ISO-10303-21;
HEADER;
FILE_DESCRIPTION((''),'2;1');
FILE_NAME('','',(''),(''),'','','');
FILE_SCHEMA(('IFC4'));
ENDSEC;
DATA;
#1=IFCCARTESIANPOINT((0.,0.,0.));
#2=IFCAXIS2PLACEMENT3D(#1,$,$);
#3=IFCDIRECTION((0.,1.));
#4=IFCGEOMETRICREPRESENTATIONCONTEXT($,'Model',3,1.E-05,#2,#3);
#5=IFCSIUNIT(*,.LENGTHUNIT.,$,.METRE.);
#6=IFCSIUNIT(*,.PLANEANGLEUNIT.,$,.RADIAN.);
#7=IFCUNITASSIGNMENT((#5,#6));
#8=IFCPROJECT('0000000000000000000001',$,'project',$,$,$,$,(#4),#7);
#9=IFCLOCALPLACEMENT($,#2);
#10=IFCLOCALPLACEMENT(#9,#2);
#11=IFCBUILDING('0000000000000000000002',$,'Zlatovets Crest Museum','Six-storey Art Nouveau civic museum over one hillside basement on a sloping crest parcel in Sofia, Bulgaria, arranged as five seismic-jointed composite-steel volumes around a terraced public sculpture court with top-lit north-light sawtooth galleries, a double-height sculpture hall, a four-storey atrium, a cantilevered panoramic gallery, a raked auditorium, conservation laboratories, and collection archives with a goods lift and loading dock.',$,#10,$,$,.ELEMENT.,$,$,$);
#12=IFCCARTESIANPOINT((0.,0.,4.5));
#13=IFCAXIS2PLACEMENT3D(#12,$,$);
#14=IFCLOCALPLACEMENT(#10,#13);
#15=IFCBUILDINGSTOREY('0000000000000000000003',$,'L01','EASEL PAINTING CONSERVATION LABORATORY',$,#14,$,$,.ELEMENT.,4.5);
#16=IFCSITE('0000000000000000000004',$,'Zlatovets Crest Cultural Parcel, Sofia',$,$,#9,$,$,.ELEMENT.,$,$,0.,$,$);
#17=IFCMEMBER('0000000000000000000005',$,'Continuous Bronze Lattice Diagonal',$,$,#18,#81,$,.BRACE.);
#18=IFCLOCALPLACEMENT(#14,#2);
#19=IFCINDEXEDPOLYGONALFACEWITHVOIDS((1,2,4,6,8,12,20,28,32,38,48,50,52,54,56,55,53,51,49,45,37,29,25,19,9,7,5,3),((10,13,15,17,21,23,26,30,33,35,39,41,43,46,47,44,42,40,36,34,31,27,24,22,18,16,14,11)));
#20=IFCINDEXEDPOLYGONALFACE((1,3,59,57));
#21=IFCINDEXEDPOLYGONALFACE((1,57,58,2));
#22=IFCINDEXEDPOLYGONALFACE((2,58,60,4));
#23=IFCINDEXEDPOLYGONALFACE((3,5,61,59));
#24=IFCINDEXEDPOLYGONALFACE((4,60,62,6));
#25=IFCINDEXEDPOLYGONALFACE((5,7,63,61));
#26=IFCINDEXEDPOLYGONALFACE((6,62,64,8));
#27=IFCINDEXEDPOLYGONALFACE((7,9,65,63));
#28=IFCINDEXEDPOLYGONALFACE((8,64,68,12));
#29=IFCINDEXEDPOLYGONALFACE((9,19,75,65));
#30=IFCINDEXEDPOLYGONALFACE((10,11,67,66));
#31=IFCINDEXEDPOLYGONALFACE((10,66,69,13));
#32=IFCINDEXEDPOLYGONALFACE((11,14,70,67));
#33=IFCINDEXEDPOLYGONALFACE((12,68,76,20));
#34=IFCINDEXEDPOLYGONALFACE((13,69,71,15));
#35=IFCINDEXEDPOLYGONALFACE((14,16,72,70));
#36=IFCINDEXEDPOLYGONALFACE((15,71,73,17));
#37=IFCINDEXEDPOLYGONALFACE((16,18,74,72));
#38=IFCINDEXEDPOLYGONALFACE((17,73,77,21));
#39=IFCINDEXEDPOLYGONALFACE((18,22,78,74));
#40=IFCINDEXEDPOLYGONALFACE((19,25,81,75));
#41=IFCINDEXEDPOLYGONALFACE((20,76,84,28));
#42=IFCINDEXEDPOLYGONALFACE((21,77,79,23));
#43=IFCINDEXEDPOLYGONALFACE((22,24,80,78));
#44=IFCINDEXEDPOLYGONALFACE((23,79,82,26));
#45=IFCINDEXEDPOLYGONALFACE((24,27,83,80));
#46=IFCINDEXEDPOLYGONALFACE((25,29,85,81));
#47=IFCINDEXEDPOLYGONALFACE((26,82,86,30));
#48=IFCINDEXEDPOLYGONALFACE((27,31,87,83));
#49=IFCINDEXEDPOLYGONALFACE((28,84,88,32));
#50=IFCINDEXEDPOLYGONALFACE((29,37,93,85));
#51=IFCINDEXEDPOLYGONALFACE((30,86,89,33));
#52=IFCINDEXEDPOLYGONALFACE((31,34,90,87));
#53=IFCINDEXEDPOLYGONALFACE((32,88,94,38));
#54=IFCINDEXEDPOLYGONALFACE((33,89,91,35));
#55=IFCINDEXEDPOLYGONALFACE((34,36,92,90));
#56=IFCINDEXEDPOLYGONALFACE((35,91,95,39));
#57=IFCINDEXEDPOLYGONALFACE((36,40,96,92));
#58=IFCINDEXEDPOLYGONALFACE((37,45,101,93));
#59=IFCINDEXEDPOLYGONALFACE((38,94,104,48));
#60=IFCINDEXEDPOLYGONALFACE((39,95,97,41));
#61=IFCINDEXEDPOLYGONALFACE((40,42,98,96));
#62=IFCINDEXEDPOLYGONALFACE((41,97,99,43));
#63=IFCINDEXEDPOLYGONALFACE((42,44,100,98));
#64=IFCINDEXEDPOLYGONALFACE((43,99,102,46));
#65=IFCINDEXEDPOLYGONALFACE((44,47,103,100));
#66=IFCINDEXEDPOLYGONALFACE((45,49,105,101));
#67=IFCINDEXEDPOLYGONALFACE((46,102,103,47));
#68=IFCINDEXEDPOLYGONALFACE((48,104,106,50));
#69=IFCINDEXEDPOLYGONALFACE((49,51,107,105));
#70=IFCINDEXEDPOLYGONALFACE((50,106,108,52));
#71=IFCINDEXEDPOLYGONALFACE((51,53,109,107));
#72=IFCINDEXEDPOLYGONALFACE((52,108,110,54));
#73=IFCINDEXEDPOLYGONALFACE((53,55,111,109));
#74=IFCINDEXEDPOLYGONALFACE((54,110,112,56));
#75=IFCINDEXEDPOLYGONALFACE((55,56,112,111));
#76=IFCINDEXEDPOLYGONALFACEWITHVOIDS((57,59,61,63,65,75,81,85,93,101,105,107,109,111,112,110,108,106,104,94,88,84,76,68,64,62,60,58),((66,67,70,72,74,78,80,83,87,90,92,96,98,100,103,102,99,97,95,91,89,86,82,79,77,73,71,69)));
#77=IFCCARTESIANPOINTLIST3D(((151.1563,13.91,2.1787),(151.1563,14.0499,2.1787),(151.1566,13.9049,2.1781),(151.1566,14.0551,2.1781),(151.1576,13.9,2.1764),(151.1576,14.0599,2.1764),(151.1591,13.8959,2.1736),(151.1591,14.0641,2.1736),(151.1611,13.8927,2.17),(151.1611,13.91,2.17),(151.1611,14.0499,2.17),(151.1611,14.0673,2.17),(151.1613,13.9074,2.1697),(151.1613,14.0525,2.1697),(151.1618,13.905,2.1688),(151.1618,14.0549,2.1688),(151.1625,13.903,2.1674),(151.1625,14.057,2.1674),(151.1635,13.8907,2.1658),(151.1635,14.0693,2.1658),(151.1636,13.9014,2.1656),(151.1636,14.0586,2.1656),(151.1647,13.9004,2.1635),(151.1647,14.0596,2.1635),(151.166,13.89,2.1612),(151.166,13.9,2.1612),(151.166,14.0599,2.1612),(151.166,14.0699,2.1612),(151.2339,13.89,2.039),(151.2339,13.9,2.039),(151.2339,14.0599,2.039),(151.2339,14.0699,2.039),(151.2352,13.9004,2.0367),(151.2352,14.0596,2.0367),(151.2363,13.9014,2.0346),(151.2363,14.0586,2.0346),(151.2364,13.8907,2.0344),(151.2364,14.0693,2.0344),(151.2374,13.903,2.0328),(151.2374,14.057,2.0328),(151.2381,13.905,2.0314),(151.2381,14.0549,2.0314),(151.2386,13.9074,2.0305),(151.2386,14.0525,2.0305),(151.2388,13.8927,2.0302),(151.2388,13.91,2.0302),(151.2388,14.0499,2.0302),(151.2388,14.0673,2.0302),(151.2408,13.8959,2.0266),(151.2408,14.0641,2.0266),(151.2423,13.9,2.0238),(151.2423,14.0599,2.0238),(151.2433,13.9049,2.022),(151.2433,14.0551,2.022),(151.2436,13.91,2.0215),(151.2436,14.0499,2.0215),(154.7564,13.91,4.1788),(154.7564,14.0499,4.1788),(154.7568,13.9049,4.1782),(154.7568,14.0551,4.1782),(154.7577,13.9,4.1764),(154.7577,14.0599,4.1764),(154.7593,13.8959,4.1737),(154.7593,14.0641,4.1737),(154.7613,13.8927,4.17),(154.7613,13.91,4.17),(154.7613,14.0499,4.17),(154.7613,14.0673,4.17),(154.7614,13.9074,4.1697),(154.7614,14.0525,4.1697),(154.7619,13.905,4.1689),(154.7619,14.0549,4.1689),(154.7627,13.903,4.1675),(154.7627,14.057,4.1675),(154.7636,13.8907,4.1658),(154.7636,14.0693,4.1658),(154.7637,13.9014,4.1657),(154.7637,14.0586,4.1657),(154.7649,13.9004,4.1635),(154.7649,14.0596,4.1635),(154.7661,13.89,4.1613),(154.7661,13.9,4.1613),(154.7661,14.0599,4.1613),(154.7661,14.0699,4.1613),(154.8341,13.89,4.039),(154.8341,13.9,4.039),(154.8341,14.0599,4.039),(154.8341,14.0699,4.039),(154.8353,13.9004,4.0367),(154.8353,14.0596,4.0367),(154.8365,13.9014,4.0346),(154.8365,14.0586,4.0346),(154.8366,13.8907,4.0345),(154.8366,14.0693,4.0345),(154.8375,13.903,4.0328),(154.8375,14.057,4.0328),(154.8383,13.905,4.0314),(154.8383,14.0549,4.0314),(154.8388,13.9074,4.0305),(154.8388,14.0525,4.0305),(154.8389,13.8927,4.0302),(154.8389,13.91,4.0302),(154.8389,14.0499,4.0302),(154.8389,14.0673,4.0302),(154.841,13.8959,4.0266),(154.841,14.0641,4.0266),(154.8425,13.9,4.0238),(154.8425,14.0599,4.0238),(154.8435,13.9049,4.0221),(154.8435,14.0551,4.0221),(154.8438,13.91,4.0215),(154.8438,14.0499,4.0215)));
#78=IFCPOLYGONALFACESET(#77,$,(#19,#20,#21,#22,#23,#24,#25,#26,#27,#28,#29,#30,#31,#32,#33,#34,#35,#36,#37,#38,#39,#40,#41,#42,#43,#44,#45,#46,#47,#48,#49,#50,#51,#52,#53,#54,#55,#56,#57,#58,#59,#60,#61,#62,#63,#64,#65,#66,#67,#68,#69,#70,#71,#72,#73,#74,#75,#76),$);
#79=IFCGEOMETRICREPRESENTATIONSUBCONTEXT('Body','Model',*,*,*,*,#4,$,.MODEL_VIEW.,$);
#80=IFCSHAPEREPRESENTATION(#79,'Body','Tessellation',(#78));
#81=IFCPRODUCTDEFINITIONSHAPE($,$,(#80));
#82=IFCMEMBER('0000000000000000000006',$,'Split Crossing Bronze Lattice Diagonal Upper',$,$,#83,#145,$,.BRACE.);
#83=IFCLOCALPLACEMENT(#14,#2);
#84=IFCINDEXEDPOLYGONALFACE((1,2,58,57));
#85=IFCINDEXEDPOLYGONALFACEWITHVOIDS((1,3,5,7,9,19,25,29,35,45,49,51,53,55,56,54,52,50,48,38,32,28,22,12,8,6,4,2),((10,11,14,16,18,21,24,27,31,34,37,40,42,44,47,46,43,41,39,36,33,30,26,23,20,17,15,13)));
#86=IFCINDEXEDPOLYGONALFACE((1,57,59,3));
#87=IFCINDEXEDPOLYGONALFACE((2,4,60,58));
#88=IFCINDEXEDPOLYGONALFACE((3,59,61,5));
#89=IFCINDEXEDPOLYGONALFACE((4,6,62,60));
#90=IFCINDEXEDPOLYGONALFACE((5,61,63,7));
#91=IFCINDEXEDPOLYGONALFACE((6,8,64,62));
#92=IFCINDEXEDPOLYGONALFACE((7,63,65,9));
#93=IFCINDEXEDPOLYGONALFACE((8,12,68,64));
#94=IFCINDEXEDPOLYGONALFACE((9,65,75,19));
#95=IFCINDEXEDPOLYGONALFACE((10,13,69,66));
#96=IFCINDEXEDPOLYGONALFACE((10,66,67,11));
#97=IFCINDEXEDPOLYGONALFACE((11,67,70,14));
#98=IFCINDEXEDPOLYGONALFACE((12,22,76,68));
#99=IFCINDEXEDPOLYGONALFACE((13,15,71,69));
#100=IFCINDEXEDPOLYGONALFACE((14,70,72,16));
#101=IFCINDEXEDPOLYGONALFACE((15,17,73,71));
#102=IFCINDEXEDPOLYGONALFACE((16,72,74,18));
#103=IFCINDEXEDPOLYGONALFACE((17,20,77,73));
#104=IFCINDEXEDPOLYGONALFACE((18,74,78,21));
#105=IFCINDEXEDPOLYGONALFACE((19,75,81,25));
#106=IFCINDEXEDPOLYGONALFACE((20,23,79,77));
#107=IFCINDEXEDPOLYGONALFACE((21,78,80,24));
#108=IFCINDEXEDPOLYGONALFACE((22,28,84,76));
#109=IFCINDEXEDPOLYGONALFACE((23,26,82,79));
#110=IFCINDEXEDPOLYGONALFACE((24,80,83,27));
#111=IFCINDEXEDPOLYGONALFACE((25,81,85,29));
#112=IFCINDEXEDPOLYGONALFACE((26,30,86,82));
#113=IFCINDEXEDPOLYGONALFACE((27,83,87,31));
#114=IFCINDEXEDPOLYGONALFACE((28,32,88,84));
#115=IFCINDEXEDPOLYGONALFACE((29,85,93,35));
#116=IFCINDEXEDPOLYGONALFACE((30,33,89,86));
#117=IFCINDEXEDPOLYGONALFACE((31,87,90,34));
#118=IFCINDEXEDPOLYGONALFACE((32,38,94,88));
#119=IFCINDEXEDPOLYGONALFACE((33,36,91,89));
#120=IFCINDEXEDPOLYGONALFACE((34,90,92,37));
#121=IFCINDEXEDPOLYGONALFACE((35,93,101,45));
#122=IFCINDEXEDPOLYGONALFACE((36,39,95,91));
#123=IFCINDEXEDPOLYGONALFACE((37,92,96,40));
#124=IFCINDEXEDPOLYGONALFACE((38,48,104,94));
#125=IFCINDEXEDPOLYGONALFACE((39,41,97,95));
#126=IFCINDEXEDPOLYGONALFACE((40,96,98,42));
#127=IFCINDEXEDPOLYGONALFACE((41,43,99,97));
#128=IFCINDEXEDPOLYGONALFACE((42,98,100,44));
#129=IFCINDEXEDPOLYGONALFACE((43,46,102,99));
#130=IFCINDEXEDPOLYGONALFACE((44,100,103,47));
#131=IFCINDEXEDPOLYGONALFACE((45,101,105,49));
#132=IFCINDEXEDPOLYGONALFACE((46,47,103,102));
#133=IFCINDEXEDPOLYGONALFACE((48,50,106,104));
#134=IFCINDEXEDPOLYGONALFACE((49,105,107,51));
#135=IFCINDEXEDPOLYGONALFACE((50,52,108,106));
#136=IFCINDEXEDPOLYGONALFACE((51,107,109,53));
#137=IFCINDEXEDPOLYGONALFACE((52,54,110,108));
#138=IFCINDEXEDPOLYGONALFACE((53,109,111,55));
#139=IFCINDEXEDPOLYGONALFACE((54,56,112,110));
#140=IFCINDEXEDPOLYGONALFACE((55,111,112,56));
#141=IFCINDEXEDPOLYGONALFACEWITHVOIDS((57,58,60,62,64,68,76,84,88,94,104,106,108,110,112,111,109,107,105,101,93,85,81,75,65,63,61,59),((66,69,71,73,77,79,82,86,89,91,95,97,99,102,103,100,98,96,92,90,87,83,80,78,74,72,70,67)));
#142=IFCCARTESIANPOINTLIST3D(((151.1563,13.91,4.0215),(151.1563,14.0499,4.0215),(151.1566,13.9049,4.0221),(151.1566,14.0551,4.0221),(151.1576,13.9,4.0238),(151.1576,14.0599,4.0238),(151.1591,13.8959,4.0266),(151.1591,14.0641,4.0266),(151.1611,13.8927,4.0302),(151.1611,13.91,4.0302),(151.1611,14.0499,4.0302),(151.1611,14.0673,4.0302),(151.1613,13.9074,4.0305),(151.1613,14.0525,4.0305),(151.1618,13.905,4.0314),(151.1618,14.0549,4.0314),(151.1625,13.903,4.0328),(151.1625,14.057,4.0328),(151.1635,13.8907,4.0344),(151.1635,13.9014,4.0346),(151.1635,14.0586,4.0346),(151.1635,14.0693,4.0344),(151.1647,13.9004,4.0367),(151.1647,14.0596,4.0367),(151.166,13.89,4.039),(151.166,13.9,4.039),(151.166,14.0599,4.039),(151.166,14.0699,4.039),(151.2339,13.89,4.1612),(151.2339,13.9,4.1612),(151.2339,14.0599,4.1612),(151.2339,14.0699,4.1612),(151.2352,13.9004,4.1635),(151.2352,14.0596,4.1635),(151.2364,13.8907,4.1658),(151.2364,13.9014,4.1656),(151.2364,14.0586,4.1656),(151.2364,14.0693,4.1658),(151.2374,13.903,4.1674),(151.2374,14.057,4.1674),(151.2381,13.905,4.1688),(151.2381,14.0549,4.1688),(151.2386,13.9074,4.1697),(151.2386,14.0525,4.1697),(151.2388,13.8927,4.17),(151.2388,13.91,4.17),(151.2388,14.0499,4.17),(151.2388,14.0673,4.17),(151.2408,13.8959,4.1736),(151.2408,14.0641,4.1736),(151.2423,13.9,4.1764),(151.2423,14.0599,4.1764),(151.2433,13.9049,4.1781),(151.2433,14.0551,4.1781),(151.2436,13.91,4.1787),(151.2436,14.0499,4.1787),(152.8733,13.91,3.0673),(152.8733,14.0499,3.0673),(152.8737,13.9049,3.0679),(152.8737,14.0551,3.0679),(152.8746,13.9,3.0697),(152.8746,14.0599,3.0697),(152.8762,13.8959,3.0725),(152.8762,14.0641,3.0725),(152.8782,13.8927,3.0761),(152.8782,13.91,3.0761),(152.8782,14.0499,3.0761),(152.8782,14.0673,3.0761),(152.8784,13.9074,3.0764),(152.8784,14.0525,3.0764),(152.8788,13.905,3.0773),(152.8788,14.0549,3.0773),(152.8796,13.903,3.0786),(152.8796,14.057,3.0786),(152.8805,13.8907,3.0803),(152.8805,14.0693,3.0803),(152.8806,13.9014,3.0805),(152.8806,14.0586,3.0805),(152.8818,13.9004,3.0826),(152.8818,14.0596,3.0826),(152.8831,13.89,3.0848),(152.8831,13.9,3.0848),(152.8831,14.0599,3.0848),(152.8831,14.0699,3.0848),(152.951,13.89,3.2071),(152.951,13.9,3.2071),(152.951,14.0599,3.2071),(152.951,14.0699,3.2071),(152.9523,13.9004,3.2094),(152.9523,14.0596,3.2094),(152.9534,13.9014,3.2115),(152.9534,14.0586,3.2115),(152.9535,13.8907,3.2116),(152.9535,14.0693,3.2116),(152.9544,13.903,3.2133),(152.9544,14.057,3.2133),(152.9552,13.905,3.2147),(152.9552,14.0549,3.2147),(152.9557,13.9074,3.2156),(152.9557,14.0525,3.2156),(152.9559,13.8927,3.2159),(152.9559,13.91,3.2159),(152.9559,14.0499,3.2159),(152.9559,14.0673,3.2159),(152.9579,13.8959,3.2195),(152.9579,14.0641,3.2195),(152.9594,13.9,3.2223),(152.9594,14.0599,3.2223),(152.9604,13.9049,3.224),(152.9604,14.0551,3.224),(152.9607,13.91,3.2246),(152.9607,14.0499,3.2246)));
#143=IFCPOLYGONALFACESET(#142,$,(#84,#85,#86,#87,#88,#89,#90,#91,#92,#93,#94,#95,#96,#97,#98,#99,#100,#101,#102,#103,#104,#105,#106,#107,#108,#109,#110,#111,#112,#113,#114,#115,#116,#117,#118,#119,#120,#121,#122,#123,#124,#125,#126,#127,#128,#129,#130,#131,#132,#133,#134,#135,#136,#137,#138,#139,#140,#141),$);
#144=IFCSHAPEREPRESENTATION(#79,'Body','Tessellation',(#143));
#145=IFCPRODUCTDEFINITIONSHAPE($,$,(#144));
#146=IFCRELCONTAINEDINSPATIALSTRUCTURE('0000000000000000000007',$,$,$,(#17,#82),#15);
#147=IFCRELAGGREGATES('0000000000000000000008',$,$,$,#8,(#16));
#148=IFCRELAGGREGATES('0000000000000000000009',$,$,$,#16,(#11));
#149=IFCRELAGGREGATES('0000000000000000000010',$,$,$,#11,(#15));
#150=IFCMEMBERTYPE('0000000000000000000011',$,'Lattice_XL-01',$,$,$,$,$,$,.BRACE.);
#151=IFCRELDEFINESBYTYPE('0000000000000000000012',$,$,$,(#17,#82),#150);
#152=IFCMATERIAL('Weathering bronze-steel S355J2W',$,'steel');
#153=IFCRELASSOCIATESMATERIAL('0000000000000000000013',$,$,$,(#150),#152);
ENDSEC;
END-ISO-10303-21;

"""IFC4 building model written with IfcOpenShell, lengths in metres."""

from ifc_helpers import new_model, si_unit, direction, frame, origin, origin_2d, place, context, subcontext, project, spatial, hollow_rectangle, extrude, material, material_profile, profile_set, type_object, element, save


model = new_model("IFC4")

# Units and contexts
model_context = context("Model", 3, precision=1e-05, world=origin(), true_north=direction((0.0, 1.0)))
body_context = subcontext(model_context, "Body", "Model", "MODEL_VIEW")
ifc_project = project(units=[si_unit("LENGTHUNIT", "METRE"), si_unit("PLANEANGLEUNIT", "RADIAN")], contexts=[model_context])

# Site, building, storey
site_placement = place(None, origin())
site = spatial("IfcSite", under=ifc_project, at=site_placement, Name="Zlatovets Crest Cultural Parcel, Sofia", CompositionType="ELEMENT", RefElevation=0.0)
building_placement = place(site_placement, origin())
building = spatial("IfcBuilding", under=site, at=building_placement, Name="Zlatovets Crest Museum", Description="Six-storey Art Nouveau civic museum over one hillside basement on a sloping crest parcel in Sofia, Bulgaria, arranged as five seismic-jointed composite-steel volumes around a terraced public sculpture court with top-lit north-light sawtooth galleries, a double-height sculpture hall, a four-storey atrium, a cantilevered panoramic gallery, a raked auditorium, conservation laboratories, and collection archives with a goods lift and loading dock.", CompositionType="ELEMENT")
storey_placement = place(building_placement, frame((0.0, 0.0, 4.5)))
storey = spatial("IfcBuildingStorey", under=building, at=storey_placement, Name="L01", Description="EASEL PAINTING CONSERVATION LABORATORY", CompositionType="ELEMENT", Elevation=4.5)

# Members
ifc_material_1 = material(Name="Weathering bronze-steel S355J2W", Category="steel")
ifc_material_profile_1 = material_profile(ifc_material_1, hollow_rectangle(XDim=0.1799, YDim=0.1799, WallThickness=0.01, InnerFilletRadius=0.01, OuterFilletRadius=0.02, at=origin_2d()), Name="SHS 180x180x10.0")
ifc_profile_set_1 = profile_set([ifc_material_profile_1], Name="Weathering bronze-steel S355J2W")
member_type_1 = type_object("IfcMemberType", Name="Lattice_XL-01", PredefinedType="BRACE", material=ifc_profile_set_1)
member_1_placement = place(storey_placement, frame((151.2, 13.98, 2.1001), z_axis=(0.874163, 0.0, 0.485633), x_axis=(0.0, 1.0, 0.0)))
element("IfcMember", 1, at=member_1_placement, inside=storey, type_object=member_type_1, Name="Continuous Bronze Lattice Diagonal", PredefinedType="BRACE", context=body_context, shape_type="SweptSolid", body=[
    extrude(hollow_rectangle(XDim=0.1799, YDim=0.1799, WallThickness=0.01, InnerFilletRadius=0.01, OuterFilletRadius=0.02, at=origin_2d()), origin(), (0.0, 0.0, 1.0), 4.1184),
])
member_2_placement = place(storey_placement, frame((151.2, 13.98, 4.1001), z_axis=(0.874116, 0.0, -0.485717), x_axis=(0.0, 1.0, 0.0)))
element("IfcMember", 2, at=member_2_placement, inside=storey, type_object=member_type_1, Name="Split Crossing Bronze Lattice Diagonal Upper", PredefinedType="BRACE", context=body_context, shape_type="SweptSolid", body=[
    extrude(hollow_rectangle(XDim=0.1799, YDim=0.1799, WallThickness=0.01, InnerFilletRadius=0.01, OuterFilletRadius=0.02, at=origin_2d()), origin(), (0.0, 0.0, 1.0), 1.9644),
])

save(model, "model.ifc")
